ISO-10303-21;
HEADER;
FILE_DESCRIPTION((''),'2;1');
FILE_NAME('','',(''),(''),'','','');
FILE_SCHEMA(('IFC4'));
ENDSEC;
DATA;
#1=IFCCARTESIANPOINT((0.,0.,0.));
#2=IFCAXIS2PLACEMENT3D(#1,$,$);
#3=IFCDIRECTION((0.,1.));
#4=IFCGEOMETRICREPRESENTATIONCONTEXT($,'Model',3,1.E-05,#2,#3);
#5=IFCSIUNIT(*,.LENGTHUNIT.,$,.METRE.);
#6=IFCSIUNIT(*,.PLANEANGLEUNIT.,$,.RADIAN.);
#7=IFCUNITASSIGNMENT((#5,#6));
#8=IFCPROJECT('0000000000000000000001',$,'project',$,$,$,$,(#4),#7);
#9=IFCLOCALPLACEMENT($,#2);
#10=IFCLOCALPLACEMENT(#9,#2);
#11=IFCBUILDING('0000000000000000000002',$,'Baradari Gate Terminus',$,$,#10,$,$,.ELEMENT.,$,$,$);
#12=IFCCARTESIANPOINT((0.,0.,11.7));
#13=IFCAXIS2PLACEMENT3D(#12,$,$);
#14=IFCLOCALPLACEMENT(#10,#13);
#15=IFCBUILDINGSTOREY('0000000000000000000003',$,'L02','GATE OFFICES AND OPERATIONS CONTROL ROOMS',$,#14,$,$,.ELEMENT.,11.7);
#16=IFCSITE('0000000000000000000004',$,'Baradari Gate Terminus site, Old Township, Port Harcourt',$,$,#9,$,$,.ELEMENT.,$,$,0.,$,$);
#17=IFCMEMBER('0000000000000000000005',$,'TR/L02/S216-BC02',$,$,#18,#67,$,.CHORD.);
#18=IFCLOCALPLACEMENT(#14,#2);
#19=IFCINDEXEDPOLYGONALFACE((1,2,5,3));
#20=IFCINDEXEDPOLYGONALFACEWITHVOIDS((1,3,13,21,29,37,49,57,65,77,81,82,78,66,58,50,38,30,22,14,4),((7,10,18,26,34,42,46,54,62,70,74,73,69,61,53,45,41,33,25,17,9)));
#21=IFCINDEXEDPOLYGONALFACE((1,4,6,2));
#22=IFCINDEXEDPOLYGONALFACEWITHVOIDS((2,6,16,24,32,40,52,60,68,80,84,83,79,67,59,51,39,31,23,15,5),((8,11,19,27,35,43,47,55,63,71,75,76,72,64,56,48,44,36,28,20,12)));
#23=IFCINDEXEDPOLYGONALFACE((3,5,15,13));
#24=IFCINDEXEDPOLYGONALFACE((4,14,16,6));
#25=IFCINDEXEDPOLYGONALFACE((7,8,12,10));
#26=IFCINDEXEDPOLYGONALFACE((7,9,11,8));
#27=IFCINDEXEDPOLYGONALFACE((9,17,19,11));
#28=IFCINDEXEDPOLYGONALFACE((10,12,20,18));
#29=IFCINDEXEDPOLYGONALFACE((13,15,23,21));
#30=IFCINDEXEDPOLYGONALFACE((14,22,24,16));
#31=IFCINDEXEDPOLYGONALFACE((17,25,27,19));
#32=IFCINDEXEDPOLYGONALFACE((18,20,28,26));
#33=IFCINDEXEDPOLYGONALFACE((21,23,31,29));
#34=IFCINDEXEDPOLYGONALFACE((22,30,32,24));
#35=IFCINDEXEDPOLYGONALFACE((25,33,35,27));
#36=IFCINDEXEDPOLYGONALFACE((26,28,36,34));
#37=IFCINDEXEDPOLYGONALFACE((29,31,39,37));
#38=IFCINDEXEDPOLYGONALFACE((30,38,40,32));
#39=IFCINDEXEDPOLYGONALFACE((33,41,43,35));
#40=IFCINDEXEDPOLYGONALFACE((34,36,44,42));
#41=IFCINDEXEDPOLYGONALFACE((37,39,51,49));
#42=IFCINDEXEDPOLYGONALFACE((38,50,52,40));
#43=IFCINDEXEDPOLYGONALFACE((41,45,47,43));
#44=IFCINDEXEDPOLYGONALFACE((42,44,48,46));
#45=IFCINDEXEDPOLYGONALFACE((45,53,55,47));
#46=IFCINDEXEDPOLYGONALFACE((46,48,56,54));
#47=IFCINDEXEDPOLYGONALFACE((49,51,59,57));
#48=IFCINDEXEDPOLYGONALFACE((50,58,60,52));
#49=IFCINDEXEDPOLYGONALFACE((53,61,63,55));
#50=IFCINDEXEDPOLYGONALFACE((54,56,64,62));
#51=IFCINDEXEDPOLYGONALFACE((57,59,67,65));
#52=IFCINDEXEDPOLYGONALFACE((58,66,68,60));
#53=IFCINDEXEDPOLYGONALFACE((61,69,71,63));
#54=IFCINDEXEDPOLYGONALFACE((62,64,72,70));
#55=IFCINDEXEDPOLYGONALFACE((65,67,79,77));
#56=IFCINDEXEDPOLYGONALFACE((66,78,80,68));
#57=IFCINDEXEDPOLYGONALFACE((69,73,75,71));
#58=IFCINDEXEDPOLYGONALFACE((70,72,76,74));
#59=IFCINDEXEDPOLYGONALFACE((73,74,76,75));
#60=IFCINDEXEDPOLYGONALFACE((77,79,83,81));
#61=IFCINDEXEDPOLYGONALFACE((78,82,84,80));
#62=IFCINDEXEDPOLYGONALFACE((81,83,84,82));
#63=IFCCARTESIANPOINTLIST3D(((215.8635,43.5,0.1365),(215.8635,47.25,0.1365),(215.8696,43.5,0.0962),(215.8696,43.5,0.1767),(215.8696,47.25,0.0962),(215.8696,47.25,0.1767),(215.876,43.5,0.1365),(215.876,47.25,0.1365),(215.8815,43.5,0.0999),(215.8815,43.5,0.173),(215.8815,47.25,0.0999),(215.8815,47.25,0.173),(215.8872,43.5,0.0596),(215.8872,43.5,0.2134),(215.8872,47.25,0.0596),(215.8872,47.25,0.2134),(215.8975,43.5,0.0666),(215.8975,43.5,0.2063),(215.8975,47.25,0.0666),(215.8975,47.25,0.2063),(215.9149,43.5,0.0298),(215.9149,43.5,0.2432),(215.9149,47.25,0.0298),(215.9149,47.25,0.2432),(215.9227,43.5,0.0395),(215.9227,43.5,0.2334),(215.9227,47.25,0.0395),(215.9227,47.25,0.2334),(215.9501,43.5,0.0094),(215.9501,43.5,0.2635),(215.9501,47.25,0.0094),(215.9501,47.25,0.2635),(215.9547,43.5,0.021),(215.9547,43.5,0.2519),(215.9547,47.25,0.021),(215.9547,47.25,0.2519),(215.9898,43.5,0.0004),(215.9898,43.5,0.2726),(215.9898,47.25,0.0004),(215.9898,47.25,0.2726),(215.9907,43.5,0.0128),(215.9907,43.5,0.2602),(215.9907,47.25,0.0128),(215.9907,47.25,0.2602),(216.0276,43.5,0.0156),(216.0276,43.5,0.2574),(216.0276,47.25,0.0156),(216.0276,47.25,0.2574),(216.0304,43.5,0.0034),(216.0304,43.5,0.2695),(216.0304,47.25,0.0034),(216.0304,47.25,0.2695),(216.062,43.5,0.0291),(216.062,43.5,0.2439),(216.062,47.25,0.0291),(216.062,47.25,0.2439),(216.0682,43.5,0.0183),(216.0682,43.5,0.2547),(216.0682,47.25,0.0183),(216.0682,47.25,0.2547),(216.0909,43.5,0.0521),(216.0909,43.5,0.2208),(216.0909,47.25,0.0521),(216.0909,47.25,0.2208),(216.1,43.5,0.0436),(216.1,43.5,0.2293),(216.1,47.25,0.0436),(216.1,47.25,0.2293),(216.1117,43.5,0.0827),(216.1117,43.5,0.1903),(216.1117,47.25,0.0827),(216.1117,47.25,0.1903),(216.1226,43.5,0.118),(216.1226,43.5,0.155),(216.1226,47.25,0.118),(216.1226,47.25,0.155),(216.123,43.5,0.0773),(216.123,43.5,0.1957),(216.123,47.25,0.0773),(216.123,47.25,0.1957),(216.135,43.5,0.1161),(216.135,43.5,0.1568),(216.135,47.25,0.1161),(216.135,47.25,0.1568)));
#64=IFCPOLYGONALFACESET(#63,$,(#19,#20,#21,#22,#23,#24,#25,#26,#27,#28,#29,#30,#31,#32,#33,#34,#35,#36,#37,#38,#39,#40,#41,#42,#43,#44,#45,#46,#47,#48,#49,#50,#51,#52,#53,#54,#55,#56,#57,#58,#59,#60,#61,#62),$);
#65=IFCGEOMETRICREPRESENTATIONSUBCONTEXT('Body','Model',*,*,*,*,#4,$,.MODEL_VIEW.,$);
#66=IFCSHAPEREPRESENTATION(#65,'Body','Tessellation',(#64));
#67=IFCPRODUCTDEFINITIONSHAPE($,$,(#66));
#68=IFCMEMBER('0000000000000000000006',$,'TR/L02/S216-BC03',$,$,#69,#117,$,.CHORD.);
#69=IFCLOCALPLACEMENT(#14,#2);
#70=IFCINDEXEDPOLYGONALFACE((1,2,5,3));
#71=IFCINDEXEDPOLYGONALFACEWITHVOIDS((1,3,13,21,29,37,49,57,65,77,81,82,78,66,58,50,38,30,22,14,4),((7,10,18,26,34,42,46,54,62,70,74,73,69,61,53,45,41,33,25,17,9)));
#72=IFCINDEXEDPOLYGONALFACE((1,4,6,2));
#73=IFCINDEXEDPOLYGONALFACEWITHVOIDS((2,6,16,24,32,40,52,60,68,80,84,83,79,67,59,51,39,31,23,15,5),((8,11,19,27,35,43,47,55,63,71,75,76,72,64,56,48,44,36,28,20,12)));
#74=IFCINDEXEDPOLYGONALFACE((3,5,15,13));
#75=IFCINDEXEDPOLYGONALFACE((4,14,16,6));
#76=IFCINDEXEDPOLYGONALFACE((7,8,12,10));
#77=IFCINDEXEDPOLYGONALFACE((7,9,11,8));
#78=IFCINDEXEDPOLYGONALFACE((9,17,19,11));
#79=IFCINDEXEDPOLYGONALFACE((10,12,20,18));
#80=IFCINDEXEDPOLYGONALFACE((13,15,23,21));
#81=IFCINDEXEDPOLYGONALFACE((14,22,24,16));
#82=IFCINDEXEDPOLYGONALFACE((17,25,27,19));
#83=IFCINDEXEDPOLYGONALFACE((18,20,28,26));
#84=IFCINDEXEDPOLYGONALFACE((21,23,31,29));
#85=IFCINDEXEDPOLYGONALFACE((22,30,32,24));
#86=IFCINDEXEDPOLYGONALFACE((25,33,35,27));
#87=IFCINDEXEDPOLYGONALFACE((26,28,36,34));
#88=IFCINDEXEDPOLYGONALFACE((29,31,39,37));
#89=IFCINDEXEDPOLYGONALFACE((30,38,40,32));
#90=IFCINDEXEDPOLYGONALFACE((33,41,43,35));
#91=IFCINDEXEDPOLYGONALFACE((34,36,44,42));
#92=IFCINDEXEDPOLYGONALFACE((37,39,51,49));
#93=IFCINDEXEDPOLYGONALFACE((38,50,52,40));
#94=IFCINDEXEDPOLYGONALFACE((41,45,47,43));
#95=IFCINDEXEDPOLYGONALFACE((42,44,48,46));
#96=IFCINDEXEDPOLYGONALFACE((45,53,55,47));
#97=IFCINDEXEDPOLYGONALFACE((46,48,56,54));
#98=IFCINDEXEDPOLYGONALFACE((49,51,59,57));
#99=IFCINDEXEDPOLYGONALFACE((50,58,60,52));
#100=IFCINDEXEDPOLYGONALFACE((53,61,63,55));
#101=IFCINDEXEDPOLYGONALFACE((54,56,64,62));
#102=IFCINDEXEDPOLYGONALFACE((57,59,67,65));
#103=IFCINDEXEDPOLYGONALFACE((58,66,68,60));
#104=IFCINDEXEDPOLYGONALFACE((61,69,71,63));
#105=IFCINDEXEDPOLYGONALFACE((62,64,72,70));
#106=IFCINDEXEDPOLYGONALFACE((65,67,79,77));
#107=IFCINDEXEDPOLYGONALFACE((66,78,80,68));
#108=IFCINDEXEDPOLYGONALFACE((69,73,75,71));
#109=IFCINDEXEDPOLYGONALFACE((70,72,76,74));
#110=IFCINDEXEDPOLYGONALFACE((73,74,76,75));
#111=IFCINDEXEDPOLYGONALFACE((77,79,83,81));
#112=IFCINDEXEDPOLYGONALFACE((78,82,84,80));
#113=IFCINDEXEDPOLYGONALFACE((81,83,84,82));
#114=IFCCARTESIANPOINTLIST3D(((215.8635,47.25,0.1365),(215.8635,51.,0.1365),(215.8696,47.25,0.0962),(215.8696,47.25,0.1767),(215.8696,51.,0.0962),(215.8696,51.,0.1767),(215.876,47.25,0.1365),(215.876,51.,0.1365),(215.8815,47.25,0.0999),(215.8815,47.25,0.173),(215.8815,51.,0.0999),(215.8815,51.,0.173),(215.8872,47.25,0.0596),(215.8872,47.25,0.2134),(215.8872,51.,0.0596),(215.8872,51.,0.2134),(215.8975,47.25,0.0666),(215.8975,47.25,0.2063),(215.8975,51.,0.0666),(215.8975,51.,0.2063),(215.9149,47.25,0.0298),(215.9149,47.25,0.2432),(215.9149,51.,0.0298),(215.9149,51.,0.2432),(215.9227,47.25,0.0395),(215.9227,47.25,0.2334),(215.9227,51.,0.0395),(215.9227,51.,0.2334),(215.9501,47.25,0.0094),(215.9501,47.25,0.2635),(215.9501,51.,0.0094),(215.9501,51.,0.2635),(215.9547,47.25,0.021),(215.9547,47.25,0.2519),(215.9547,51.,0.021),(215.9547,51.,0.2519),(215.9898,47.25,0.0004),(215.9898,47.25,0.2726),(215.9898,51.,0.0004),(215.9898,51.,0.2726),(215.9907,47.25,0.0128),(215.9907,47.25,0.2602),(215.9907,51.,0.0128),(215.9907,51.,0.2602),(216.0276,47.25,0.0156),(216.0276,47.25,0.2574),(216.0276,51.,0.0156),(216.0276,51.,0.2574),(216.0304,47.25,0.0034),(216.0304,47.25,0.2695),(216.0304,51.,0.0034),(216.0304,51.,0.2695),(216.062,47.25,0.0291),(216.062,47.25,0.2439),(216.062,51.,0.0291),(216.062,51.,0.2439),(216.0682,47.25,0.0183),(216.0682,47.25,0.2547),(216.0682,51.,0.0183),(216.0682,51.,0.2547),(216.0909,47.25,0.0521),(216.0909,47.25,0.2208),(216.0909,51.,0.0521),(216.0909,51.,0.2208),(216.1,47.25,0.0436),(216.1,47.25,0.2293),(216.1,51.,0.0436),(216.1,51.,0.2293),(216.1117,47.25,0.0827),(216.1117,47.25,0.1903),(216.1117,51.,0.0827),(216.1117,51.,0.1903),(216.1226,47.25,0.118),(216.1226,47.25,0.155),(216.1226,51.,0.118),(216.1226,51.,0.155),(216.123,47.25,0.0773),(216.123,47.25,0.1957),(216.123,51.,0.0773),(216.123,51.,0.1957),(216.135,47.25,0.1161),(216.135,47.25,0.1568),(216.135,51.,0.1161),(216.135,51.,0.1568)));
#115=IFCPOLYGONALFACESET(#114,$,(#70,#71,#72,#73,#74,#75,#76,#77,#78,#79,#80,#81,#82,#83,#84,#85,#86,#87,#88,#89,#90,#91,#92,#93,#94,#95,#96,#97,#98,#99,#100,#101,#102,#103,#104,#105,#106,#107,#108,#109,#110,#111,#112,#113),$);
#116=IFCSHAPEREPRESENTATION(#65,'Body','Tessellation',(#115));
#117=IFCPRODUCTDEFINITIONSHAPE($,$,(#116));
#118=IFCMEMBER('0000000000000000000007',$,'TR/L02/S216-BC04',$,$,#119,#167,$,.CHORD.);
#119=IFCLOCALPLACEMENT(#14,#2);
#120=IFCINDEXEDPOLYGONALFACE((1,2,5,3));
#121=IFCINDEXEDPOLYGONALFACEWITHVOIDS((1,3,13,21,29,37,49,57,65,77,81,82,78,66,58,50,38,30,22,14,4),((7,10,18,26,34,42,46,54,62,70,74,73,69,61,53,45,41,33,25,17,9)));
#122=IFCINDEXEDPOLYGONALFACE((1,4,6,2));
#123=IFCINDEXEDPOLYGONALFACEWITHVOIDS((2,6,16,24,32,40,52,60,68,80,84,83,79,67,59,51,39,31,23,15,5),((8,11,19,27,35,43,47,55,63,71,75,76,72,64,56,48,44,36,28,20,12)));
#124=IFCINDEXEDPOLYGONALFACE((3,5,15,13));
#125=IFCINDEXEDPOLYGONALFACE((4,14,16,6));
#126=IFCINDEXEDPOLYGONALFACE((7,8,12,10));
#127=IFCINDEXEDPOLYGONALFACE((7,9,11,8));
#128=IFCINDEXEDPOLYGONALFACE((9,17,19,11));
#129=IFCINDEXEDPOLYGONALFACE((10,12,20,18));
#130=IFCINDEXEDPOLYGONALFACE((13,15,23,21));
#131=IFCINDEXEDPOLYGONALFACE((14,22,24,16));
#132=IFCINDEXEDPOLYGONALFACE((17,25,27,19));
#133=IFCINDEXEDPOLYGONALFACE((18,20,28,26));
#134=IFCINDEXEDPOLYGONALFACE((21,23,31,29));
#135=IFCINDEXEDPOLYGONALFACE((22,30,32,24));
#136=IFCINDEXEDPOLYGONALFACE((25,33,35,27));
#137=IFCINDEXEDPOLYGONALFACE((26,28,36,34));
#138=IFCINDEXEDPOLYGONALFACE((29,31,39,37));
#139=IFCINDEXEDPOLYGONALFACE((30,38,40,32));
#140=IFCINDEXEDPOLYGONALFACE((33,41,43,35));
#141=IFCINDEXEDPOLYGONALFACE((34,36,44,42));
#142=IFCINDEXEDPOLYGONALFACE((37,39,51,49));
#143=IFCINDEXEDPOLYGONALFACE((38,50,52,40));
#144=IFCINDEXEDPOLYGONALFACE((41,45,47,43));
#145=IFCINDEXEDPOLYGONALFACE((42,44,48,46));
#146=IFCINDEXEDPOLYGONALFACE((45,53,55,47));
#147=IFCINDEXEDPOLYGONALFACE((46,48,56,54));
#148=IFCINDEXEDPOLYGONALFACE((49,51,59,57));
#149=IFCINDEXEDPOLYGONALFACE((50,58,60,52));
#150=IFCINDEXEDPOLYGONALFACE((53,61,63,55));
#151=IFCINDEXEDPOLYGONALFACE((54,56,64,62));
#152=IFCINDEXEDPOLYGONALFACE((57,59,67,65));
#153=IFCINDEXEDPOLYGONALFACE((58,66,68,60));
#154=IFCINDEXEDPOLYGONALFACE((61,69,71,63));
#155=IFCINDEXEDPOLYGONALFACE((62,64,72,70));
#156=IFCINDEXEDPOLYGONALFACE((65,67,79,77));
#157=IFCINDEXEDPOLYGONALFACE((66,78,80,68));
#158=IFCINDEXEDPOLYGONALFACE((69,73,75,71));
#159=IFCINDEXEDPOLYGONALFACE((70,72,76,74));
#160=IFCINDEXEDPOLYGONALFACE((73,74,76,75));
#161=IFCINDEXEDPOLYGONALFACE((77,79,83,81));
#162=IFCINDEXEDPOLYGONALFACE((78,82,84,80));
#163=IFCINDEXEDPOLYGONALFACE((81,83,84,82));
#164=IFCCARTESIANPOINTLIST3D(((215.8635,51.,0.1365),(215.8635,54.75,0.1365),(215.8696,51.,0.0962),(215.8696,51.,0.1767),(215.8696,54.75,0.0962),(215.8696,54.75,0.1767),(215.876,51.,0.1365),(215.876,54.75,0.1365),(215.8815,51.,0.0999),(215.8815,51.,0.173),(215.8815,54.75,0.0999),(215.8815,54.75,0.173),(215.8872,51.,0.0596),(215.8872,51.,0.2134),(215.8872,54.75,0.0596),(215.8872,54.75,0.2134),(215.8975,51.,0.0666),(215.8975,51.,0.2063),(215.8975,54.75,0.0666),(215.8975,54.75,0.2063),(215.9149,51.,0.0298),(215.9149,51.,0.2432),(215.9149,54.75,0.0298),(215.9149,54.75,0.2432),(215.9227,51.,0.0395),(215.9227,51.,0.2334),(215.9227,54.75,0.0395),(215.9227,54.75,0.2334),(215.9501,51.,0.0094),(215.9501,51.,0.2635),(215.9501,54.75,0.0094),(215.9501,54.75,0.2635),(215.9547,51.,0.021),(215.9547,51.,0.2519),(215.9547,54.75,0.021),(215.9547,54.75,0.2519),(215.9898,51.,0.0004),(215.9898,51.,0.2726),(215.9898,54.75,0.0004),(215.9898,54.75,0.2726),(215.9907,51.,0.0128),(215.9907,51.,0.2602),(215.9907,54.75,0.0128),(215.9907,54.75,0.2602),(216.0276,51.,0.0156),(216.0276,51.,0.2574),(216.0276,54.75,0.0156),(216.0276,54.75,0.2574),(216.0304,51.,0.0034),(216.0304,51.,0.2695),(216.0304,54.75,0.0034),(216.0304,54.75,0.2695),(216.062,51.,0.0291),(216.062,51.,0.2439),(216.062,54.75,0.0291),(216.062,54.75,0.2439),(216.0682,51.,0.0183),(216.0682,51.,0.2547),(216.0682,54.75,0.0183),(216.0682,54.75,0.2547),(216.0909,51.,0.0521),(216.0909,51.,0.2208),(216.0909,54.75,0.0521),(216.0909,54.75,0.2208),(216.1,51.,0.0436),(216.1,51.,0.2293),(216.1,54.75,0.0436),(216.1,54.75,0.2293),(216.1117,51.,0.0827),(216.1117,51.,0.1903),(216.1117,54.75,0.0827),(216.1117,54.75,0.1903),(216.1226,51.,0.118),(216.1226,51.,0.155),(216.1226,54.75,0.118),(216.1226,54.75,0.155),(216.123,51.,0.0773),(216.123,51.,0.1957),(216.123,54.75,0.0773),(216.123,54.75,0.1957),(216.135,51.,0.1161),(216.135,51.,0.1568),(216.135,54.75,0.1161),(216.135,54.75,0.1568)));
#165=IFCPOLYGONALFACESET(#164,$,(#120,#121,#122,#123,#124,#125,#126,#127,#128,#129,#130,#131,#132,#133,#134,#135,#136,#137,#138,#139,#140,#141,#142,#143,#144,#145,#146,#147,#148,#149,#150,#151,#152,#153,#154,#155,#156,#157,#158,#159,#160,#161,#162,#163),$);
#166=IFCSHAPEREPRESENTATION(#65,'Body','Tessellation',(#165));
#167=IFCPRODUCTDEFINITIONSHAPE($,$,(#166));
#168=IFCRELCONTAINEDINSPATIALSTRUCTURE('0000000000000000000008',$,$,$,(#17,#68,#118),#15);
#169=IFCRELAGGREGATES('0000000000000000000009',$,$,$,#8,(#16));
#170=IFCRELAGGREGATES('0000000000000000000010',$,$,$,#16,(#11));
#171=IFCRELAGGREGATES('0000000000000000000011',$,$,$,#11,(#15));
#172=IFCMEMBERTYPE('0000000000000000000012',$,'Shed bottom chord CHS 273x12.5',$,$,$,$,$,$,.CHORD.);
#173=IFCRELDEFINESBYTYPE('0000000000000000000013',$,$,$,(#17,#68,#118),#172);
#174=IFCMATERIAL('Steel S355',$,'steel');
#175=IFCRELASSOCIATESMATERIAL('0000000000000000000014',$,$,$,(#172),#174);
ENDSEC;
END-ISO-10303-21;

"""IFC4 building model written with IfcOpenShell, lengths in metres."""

from ifc_helpers import new_model, si_unit, direction, frame, origin, origin_2d, place, context, subcontext, project, spatial, hollow_circle, extrude, material, material_profile, profile_set, type_object, element, save


model = new_model("IFC4")

# Units and contexts
model_context = context("Model", 3, precision=1e-05, world=origin(), true_north=direction((0.0, 1.0)))
body_context = subcontext(model_context, "Body", "Model", "MODEL_VIEW")
ifc_project = project(units=[si_unit("LENGTHUNIT", "METRE"), si_unit("PLANEANGLEUNIT", "RADIAN")], contexts=[model_context])

# Site, building, storey
site_placement = place(None, origin())
site = spatial("IfcSite", under=ifc_project, at=site_placement, Name="Baradari Gate Terminus site, Old Township, Port Harcourt", CompositionType="ELEMENT", RefElevation=0.0)
building_placement = place(site_placement, origin())
building = spatial("IfcBuilding", under=site, at=building_placement, Name="Baradari Gate Terminus", CompositionType="ELEMENT")
storey_placement = place(building_placement, frame((0.0, 0.0, 11.7)))
storey = spatial("IfcBuildingStorey", under=building, at=storey_placement, Name="L02", Description="GATE OFFICES AND OPERATIONS CONTROL ROOMS", CompositionType="ELEMENT", Elevation=11.7)

# Members
ifc_material_1 = material(Name="Steel S355", Category="steel")
ifc_material_profile_1 = material_profile(ifc_material_1, hollow_circle(Radius=0.1365, WallThickness=0.0125, at=origin_2d()), Name="CHS 273x12.5")
ifc_profile_set_1 = profile_set([ifc_material_profile_1], Name="Steel S355")
member_type_1 = type_object("IfcMemberType", Name="Shed bottom chord CHS 273x12.5", PredefinedType="CHORD", material=ifc_profile_set_1)
for number, where, z_axis, x_axis, name in (
    (1, (216.0, 43.5, 0.1365), (0.0, 1.0, 0.0), (-1.0, 0.0, 0.0), "TR/L02/S216-BC02"),
    (2, (216.0, 47.25, 0.1365), (0.0, 1.0, 0.0), (-1.0, 0.0, 0.0), "TR/L02/S216-BC03"),
    (3, (216.0, 51.0, 0.1365), (0.0, 1.0, 0.0), (-1.0, 0.0, 0.0), "TR/L02/S216-BC04"),
):
    element("IfcMember", number, at=place(storey_placement, frame(where, z_axis=z_axis, x_axis=x_axis)), inside=storey, type_object=member_type_1, Name=name, PredefinedType="CHORD", context=body_context, shape_type="SweptSolid", body=[
        extrude(hollow_circle(Radius=0.1365, WallThickness=0.0125, at=origin_2d()), origin(), (0.0, 0.0, 1.0), 3.75),
    ])

save(model, "model.ifc")
